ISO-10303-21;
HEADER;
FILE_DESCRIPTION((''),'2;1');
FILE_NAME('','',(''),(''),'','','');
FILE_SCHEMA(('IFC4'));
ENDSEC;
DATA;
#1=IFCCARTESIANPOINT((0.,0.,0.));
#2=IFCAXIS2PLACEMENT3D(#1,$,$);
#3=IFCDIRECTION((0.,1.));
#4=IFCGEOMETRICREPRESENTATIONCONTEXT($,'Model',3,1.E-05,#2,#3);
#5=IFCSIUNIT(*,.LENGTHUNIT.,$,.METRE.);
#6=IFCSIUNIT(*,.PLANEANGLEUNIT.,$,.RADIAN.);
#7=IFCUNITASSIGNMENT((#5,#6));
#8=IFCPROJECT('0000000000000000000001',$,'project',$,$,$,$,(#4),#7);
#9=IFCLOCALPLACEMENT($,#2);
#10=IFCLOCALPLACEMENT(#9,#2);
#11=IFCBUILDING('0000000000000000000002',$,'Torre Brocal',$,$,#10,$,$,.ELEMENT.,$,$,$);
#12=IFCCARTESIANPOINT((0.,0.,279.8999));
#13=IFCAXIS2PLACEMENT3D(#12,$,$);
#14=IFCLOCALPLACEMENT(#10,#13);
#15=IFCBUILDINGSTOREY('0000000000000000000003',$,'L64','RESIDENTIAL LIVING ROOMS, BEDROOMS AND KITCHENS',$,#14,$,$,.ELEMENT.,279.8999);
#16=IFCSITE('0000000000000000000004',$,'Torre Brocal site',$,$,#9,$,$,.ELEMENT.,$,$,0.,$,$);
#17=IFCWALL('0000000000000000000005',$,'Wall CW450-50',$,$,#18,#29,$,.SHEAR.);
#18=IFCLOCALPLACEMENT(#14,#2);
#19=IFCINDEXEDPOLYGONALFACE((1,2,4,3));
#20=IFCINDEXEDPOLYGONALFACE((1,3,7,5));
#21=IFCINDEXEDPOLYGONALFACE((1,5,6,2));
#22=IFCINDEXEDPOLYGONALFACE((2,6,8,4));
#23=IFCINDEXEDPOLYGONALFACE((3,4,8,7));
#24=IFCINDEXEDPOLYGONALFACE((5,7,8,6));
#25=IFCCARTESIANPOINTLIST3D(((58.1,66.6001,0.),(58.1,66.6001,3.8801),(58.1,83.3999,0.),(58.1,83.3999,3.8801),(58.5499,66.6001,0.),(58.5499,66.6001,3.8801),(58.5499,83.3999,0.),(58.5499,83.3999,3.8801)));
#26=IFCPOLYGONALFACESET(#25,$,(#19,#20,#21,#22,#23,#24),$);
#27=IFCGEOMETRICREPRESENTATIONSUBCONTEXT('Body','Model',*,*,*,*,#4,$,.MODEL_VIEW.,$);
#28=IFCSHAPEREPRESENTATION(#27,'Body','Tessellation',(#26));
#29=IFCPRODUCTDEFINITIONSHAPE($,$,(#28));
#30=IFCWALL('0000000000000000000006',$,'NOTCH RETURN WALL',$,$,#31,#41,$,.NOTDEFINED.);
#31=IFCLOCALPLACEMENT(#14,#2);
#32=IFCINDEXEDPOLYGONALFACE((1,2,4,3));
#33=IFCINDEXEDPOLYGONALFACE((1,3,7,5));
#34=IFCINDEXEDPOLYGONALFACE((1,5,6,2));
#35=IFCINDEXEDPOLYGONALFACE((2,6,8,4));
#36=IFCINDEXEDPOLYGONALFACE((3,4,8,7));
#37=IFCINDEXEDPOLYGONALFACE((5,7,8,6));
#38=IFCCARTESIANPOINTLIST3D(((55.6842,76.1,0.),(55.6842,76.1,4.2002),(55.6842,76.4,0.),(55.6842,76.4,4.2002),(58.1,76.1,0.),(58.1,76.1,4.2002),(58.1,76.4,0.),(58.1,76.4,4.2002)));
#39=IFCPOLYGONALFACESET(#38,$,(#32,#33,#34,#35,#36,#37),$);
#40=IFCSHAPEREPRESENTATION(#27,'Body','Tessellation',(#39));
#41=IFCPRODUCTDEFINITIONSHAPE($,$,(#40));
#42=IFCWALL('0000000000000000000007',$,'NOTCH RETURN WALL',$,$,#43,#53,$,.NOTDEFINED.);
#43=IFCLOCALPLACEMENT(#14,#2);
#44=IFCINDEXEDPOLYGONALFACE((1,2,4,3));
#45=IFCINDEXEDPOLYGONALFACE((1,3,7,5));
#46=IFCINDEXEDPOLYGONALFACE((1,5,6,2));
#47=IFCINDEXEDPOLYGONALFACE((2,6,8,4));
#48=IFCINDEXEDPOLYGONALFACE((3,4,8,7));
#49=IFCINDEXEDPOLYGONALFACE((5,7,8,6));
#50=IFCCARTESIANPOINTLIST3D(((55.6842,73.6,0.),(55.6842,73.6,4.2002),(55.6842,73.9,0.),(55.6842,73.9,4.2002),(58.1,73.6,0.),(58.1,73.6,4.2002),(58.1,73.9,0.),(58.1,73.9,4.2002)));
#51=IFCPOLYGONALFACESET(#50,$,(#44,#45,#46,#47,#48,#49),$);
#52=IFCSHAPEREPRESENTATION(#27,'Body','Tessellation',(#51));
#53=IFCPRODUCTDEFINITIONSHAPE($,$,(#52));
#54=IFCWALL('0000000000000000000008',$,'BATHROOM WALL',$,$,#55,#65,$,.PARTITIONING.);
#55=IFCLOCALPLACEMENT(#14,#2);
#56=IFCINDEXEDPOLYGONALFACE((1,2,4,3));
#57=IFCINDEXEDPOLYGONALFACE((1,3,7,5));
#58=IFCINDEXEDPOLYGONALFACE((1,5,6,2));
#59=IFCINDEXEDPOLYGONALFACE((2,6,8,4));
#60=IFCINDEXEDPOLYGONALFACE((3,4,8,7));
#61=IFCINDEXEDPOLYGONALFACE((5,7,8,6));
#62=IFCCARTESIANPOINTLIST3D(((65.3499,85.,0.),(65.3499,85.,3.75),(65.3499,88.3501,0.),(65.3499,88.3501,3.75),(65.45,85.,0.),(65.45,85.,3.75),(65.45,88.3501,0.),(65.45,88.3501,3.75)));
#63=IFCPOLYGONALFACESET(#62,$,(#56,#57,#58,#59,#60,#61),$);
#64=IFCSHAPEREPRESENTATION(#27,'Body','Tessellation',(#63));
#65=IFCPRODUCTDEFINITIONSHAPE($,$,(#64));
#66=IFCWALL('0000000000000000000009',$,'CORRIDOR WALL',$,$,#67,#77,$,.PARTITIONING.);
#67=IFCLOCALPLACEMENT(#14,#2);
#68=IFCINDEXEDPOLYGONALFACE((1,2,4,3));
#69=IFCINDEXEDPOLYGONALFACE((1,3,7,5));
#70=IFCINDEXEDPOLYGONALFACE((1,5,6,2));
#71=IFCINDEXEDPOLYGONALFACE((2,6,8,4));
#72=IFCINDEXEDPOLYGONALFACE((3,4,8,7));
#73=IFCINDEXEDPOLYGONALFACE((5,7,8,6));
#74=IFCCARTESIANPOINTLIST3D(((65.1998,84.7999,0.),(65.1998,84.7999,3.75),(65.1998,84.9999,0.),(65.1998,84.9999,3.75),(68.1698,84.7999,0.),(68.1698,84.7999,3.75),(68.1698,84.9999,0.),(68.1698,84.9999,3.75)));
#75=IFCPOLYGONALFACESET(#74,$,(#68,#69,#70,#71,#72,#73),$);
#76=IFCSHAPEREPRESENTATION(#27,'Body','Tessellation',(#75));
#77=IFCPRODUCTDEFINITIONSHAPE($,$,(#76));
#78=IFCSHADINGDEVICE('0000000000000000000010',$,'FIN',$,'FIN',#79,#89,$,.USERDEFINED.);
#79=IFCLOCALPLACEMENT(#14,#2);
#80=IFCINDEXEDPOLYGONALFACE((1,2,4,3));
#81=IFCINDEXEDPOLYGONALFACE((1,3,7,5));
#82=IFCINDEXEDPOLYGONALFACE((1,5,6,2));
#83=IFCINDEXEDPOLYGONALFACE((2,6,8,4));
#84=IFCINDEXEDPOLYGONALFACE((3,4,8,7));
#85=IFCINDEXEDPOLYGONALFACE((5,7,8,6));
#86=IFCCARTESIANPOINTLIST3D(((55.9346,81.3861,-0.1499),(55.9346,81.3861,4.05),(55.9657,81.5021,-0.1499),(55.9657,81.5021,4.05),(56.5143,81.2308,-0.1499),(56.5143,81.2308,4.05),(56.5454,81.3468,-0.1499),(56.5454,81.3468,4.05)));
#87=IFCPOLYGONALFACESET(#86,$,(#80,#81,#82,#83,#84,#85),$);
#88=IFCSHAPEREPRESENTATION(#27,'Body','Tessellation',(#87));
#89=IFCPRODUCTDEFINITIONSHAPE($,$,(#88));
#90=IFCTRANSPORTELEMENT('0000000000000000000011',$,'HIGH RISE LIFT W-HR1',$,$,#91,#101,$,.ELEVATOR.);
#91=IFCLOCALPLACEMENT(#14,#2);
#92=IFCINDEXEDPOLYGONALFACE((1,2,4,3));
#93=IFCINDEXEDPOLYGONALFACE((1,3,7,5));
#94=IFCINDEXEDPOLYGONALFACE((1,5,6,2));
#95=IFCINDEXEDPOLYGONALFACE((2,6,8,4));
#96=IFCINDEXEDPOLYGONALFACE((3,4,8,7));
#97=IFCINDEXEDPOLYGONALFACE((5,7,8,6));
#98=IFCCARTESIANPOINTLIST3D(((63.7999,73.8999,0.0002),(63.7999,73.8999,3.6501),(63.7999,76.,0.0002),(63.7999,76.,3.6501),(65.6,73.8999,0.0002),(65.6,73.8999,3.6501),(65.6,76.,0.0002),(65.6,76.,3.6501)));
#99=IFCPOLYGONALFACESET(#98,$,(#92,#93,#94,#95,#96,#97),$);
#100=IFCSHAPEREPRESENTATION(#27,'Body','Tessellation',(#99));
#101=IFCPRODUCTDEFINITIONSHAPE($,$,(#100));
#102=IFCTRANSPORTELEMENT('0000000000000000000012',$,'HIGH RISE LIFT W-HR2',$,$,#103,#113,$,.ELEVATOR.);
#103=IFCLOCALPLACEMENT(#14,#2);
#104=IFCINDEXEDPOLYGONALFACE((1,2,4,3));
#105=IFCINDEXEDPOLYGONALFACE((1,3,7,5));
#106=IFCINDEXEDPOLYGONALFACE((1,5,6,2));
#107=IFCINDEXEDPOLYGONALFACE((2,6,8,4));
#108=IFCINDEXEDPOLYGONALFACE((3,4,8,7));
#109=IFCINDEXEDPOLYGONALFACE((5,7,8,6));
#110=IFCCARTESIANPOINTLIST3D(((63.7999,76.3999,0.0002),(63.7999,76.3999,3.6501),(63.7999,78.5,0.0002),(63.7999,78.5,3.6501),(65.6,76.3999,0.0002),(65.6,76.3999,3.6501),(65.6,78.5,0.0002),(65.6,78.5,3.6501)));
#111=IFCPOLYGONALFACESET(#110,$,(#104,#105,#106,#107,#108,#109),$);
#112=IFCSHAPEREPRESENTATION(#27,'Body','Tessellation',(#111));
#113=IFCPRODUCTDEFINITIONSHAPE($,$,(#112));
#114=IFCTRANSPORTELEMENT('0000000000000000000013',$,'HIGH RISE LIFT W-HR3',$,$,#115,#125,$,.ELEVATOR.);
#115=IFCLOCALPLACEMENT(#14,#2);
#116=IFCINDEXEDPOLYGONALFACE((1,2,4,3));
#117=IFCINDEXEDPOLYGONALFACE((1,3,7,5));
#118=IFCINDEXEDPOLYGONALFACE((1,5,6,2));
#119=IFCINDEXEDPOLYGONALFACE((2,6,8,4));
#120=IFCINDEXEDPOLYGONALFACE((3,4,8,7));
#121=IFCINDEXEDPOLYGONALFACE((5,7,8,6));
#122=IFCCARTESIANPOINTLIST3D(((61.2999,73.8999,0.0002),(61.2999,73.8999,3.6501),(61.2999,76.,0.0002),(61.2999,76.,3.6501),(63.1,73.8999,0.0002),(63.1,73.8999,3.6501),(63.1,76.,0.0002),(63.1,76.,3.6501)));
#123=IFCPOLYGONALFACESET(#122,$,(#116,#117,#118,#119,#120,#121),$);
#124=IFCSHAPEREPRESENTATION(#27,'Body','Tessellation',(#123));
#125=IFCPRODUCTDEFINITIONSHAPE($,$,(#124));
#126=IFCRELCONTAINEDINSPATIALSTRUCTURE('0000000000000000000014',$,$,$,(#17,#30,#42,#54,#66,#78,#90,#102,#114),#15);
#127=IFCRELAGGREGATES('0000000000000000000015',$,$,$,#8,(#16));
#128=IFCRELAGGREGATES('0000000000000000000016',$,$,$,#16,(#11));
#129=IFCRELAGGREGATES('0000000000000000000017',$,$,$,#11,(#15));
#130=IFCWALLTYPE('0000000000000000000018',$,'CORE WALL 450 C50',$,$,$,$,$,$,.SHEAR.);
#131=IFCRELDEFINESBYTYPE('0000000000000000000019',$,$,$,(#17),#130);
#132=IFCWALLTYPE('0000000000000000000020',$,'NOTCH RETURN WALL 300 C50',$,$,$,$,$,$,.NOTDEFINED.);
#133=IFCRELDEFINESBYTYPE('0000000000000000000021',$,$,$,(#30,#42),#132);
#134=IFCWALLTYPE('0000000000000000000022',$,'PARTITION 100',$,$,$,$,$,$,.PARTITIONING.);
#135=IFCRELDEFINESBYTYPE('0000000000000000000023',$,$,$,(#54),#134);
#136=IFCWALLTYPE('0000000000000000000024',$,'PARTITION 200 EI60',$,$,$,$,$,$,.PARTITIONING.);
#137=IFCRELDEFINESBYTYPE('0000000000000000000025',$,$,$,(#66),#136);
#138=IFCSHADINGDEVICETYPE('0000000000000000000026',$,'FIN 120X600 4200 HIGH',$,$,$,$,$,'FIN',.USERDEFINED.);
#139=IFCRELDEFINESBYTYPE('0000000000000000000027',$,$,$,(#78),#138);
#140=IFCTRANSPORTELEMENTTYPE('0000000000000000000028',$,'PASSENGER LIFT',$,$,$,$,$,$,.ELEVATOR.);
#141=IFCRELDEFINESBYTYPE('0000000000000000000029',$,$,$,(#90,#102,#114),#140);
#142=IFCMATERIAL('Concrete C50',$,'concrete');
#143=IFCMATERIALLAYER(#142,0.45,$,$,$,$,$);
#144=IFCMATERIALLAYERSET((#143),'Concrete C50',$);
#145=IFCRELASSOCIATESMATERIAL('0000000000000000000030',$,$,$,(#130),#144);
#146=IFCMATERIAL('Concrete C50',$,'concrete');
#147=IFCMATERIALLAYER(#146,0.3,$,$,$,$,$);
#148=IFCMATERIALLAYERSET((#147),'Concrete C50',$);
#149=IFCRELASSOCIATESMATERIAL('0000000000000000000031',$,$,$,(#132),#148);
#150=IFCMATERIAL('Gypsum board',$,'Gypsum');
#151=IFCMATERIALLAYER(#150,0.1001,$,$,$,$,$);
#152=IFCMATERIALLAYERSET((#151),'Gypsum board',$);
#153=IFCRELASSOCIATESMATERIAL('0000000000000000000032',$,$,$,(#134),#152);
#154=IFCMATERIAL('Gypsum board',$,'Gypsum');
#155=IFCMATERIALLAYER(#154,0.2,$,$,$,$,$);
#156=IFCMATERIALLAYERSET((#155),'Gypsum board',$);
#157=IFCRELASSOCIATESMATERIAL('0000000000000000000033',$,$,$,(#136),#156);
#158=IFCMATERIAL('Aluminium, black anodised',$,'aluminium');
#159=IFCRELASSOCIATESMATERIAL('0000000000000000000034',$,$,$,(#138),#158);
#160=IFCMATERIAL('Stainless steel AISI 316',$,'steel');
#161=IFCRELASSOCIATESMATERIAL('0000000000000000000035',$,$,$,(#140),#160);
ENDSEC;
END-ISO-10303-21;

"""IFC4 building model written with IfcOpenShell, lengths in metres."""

from ifc_helpers import new_model, si_unit, direction, frame, frame_2d, origin, origin_2d, place, context, subcontext, project, spatial, rectangle, extrude, material, layer, layer_set, material_profile, profile_set, type_object, element, save


model = new_model("IFC4")

# Units and contexts
model_context = context("Model", 3, precision=1e-05, world=origin(), true_north=direction((0.0, 1.0)))
body_context = subcontext(model_context, "Body", "Model", "MODEL_VIEW")
ifc_project = project(units=[si_unit("LENGTHUNIT", "METRE"), si_unit("PLANEANGLEUNIT", "RADIAN")], contexts=[model_context])

# Site, building, storey
site_placement = place(None, origin())
site = spatial("IfcSite", under=ifc_project, at=site_placement, Name="Torre Brocal site", CompositionType="ELEMENT", RefElevation=0.0)
building_placement = place(site_placement, origin())
building = spatial("IfcBuilding", under=site, at=building_placement, Name="Torre Brocal", CompositionType="ELEMENT")
storey_placement = place(building_placement, frame((0.0, 0.0, 279.8999)))
storey = spatial("IfcBuildingStorey", under=building, at=storey_placement, Name="L64", Description="RESIDENTIAL LIVING ROOMS, BEDROOMS AND KITCHENS", CompositionType="ELEMENT", Elevation=279.8999)

# Walls
ifc_material_1 = material(Name="Concrete C50", Category="concrete")
ifc_layer_1 = layer(ifc_material_1, 0.45)
ifc_layer_set_1 = layer_set([ifc_layer_1], Name="Concrete C50")
wall_type_1 = type_object("IfcWallType", Name="CORE WALL 450 C50", PredefinedType="SHEAR", material=ifc_layer_set_1)
wall_1_placement = place(storey_placement, frame((58.325, 83.3999, 0.0), z_axis=(0.0, 0.0, 1.0), x_axis=(0.0, -1.0, 0.0)))
element("IfcWall", 1, at=wall_1_placement, inside=storey, type_object=wall_type_1, Name="Wall CW450-50", PredefinedType="SHEAR", context=body_context, shape_type="SweptSolid", body=[
    extrude(rectangle(XDim=16.7998, YDim=0.45, at=frame_2d((8.3999, 0.0))), origin(), (0.0, 0.0, 1.0), 3.8801),
])
ifc_material_2 = material(Name="Concrete C50", Category="concrete")
ifc_layer_2 = layer(ifc_material_2, 0.3)
ifc_layer_set_2 = layer_set([ifc_layer_2], Name="Concrete C50")
wall_type_2 = type_object("IfcWallType", Name="NOTCH RETURN WALL 300 C50", PredefinedType="NOTDEFINED", material=ifc_layer_set_2)
for number, where, z_axis, x_axis, name in (
    (2, (58.1001, 76.25, 0.0), (0.0, 0.0, 1.0), (-1.0, 0.0, 0.0), "NOTCH RETURN WALL"),
    (3, (58.1001, 73.75, 0.0), (0.0, 0.0, 1.0), (-1.0, 0.0, 0.0), "NOTCH RETURN WALL"),
):
    element("IfcWall", number, at=place(storey_placement, frame(where, z_axis=z_axis, x_axis=x_axis)), inside=storey, type_object=wall_type_2, Name=name, PredefinedType="NOTDEFINED", context=body_context, shape_type="SweptSolid", body=[
        extrude(rectangle(XDim=2.4158, YDim=0.3, at=frame_2d((1.208, 0.0))), origin(), (0.0, 0.0, 1.0), 4.2002),
    ])
ifc_material_3 = material(Name="Gypsum board", Category="Gypsum")
ifc_layer_3 = layer(ifc_material_3, 0.1001)
ifc_layer_set_3 = layer_set([ifc_layer_3], Name="Gypsum board")
wall_type_3 = type_object("IfcWallType", Name="PARTITION 100", PredefinedType="PARTITIONING", material=ifc_layer_set_3)
wall_2_placement = place(storey_placement, frame((65.3999, 85.0, 0.0), z_axis=(0.0, 0.0, 1.0), x_axis=(0.0, 1.0, 0.0)))
element("IfcWall", 4, at=wall_2_placement, inside=storey, type_object=wall_type_3, Name="BATHROOM WALL", PredefinedType="PARTITIONING", context=body_context, shape_type="SweptSolid", body=[
    extrude(rectangle(XDim=3.3501, YDim=0.1001, at=frame_2d((1.675, 0.0))), origin(), (0.0, 0.0, 1.0), 3.75),
])
ifc_material_4 = material(Name="Gypsum board", Category="Gypsum")
ifc_layer_4 = layer(ifc_material_4, 0.2)
ifc_layer_set_4 = layer_set([ifc_layer_4], Name="Gypsum board")
wall_type_4 = type_object("IfcWallType", Name="PARTITION 200 EI60", PredefinedType="PARTITIONING", material=ifc_layer_set_4)
wall_3_placement = place(storey_placement, frame((65.2, 84.8999, 0.0), z_axis=(0.0, 0.0, 1.0), x_axis=(1.0, 0.0, 0.0)))
element("IfcWall", 5, at=wall_3_placement, inside=storey, type_object=wall_type_4, Name="CORRIDOR WALL", PredefinedType="PARTITIONING", context=body_context, shape_type="SweptSolid", body=[
    extrude(rectangle(XDim=2.97, YDim=0.2, at=frame_2d((1.4849, 0.0))), origin(), (0.0, 0.0, 1.0), 3.75),
])

# Shading device
ifc_material_5 = material(Name="Aluminium, black anodised", Category="aluminium")
ifc_material_profile_1 = material_profile(ifc_material_5, rectangle(XDim=0.1201, YDim=0.6001, at=origin_2d()), Name="FIN 120X600 4200 HIGH")
ifc_profile_set_1 = profile_set([ifc_material_profile_1], Name="Aluminium, black anodised")
shading_device_type = type_object("IfcShadingDeviceType", Name="FIN 120X600 4200 HIGH", ElementType="FIN", PredefinedType="USERDEFINED", material=ifc_profile_set_1)
shading_device_placement = place(storey_placement, frame((56.24, 81.3665, -0.1499), z_axis=(0.0, 0.0, 1.0), x_axis=(-0.258819, -0.965926, 0.0)))
element("IfcShadingDevice", 6, at=shading_device_placement, inside=storey, type_object=shading_device_type, Name="FIN", ObjectType="FIN", PredefinedType="USERDEFINED", context=body_context, shape_type="SweptSolid", body=[
    extrude(rectangle(XDim=0.1201, YDim=0.6001, at=origin_2d()), origin(), (0.0, 0.0, 1.0), 4.2),
])

# Transport elements
ifc_material_6 = material(Name="Stainless steel AISI 316", Category="steel")
transport_element_type = type_object("IfcTransportElementType", Name="PASSENGER LIFT", PredefinedType="ELEVATOR", material=ifc_material_6)
for number, where, z_axis, x_axis, name in (
    (7, (64.7, 74.95, 0.0002), (0.0, 0.0, 1.0), (1.0, 0.0, 0.0), "HIGH RISE LIFT W-HR1"),
    (8, (64.7, 77.45, 0.0002), (0.0, 0.0, 1.0), (1.0, 0.0, 0.0), "HIGH RISE LIFT W-HR2"),
    (9, (62.2, 74.95, 0.0002), (0.0, 0.0, 1.0), (1.0, 0.0, 0.0), "HIGH RISE LIFT W-HR3"),
):
    element("IfcTransportElement", number, at=place(storey_placement, frame(where, z_axis=z_axis, x_axis=x_axis)), inside=storey, type_object=transport_element_type, Name=name, PredefinedType="ELEVATOR", context=body_context, shape_type="SweptSolid", body=[
        extrude(rectangle(XDim=1.8, YDim=2.1001, at=origin_2d()), origin(), (0.0, 0.0, 1.0), 3.6499),
    ])

save(model, "model.ifc")
